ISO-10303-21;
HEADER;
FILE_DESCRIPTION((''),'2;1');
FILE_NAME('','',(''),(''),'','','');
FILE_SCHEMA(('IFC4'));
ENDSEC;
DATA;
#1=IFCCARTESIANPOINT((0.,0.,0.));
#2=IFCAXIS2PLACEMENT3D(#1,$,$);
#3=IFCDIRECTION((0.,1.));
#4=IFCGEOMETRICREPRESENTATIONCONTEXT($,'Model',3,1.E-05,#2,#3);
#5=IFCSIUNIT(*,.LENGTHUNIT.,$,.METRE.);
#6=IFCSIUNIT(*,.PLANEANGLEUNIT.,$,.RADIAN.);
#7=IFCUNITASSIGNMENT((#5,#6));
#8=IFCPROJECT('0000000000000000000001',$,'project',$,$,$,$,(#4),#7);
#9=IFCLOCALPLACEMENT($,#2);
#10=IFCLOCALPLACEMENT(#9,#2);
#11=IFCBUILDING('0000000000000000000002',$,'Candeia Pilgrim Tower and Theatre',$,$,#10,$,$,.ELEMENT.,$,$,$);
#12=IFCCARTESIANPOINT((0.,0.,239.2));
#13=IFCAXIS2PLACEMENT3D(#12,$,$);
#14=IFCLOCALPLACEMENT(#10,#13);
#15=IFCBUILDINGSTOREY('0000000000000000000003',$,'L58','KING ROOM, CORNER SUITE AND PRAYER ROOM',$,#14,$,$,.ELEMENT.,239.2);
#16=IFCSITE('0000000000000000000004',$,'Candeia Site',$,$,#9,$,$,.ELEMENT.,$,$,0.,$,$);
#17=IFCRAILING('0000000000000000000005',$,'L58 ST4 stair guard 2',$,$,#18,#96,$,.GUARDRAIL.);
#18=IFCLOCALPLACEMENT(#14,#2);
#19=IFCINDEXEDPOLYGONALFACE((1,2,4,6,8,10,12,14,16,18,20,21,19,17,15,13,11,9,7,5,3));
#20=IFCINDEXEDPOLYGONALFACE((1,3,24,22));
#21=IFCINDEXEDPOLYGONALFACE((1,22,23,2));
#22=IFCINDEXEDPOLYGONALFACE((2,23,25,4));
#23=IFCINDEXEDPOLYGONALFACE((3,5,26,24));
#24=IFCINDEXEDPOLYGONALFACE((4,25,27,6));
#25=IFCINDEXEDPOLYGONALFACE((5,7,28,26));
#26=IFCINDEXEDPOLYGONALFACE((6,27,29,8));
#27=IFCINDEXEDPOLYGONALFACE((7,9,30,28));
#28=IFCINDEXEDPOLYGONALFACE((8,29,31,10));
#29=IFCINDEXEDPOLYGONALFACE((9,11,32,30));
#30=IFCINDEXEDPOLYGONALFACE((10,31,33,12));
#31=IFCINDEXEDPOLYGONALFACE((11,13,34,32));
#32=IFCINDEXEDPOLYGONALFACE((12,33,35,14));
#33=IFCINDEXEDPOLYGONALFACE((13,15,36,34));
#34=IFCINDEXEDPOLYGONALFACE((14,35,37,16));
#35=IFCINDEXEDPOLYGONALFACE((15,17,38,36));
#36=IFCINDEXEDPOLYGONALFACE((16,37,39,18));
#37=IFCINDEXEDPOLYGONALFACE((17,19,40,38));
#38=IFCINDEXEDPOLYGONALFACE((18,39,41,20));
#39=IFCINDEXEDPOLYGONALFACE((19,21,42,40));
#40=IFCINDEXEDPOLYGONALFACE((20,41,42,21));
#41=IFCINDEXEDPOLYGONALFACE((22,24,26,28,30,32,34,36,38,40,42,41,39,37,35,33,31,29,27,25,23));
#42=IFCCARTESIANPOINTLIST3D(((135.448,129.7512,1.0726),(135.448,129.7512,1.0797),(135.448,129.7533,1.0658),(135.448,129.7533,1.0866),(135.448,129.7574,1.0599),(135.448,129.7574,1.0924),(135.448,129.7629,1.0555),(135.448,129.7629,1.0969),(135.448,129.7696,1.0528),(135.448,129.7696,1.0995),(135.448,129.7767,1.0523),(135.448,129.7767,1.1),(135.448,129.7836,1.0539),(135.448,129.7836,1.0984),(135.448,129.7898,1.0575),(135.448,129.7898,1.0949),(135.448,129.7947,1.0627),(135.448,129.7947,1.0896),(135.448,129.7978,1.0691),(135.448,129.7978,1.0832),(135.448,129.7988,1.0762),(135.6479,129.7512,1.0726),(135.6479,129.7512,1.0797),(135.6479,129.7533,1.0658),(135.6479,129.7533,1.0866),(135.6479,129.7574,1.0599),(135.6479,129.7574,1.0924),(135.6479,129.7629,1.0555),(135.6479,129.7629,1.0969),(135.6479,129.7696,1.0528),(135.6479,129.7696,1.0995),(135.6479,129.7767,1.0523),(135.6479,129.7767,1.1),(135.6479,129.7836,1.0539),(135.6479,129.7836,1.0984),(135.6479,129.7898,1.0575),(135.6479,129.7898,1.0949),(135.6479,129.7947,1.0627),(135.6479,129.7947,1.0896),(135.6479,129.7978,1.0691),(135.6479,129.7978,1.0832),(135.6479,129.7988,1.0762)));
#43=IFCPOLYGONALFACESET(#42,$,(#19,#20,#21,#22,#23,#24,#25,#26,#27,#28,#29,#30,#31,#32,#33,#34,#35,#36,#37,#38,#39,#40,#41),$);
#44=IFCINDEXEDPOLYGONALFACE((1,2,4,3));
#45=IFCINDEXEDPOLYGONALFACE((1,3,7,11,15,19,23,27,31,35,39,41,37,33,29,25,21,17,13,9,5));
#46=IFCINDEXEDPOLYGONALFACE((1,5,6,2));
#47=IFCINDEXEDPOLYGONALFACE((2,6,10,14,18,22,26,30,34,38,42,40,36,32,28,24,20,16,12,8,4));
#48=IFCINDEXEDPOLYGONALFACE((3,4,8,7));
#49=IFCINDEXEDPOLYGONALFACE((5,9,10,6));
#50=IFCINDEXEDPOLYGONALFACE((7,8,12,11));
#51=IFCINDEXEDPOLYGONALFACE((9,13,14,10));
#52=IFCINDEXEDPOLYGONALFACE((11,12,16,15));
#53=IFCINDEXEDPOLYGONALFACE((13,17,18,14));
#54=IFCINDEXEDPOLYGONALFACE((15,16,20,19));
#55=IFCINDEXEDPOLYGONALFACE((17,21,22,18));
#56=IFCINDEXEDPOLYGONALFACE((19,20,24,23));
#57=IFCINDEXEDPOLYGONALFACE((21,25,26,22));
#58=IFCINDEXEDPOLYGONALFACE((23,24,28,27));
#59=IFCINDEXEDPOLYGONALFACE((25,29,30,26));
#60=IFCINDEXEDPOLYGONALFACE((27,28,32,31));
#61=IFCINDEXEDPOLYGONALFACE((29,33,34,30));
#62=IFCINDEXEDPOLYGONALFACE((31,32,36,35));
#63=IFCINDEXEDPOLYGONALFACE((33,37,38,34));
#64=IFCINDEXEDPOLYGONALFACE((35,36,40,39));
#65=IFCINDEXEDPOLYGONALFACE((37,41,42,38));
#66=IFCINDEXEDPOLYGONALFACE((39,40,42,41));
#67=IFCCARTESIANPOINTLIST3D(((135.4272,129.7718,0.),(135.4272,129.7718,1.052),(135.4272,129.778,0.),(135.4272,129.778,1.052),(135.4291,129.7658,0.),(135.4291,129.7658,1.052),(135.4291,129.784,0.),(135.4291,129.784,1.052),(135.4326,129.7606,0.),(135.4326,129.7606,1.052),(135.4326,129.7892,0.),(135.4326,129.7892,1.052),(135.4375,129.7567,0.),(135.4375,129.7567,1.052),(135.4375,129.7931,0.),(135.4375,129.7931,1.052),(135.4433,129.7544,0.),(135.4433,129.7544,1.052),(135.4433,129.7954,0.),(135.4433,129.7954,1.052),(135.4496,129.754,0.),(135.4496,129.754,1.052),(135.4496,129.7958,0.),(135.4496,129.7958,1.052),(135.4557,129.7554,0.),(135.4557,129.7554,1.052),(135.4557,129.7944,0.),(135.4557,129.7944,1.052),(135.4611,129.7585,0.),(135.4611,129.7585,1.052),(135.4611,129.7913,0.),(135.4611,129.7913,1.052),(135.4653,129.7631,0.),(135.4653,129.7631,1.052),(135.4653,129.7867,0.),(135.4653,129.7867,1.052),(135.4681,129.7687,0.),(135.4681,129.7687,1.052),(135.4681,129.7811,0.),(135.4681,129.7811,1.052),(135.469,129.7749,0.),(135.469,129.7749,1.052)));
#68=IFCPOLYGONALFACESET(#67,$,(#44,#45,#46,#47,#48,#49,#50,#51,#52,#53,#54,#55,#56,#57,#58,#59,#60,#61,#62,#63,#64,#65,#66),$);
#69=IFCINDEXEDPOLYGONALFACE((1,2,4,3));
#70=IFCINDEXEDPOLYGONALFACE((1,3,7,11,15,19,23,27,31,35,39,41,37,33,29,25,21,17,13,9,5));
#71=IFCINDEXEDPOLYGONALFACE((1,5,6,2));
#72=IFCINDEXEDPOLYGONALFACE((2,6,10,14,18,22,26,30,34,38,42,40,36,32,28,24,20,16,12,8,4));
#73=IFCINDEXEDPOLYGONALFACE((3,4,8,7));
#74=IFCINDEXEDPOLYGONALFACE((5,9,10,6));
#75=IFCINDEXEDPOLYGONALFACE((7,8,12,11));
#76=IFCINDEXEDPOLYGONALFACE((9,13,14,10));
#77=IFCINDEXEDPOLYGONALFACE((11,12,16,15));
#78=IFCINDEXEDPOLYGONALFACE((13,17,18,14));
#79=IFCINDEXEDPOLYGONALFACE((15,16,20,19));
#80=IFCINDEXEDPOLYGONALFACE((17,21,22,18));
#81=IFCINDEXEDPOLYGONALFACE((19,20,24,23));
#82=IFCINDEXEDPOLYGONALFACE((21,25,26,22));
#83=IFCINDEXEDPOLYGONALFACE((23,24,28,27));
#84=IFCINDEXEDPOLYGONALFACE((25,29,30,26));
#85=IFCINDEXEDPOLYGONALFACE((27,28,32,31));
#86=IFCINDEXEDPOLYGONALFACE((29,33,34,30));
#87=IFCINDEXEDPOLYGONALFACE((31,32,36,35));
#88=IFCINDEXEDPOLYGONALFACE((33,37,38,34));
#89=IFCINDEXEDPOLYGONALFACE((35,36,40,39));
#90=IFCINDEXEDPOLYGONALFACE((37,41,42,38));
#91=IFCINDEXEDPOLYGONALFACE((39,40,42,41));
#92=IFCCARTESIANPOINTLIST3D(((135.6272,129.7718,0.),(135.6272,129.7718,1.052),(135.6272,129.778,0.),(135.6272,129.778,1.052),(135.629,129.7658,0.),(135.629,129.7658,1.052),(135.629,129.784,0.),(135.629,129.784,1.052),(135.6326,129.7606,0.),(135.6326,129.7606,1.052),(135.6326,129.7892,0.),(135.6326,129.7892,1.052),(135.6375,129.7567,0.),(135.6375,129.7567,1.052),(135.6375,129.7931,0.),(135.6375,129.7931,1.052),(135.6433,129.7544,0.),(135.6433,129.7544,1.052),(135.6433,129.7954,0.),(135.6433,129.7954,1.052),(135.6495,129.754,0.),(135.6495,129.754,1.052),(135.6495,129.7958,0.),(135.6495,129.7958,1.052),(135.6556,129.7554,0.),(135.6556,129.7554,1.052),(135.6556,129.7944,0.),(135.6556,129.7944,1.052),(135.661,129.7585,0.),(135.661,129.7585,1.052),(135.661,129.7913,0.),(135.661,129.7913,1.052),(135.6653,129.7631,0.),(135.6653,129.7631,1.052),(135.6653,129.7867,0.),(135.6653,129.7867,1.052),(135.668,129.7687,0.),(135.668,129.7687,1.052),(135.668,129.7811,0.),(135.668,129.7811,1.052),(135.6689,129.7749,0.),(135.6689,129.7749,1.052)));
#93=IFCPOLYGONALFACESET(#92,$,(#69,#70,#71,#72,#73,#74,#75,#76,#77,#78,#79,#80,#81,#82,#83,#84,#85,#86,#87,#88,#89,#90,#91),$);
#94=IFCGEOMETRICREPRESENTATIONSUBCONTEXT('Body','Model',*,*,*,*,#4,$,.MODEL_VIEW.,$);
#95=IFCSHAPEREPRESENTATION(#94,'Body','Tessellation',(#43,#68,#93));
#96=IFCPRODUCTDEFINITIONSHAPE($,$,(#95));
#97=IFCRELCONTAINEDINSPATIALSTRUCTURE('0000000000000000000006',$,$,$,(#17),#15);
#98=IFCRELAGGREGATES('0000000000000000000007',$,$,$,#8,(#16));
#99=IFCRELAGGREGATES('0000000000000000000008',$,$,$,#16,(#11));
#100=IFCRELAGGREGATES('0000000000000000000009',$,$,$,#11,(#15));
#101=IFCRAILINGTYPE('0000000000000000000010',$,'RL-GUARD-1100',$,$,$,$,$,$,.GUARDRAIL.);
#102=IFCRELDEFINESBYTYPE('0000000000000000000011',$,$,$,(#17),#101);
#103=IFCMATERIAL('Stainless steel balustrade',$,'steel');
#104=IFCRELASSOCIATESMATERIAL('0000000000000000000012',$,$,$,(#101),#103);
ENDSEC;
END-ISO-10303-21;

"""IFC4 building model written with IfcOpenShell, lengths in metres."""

from ifc_helpers import new_model, si_unit, direction, frame, origin, origin_2d, place, context, subcontext, project, spatial, circle, extrude, material, type_object, element, save


model = new_model("IFC4")

# Units and contexts
model_context = context("Model", 3, precision=1e-05, world=origin(), true_north=direction((0.0, 1.0)))
body_context = subcontext(model_context, "Body", "Model", "MODEL_VIEW")
ifc_project = project(units=[si_unit("LENGTHUNIT", "METRE"), si_unit("PLANEANGLEUNIT", "RADIAN")], contexts=[model_context])

# Site, building, storey
site_placement = place(None, origin())
site = spatial("IfcSite", under=ifc_project, at=site_placement, Name="Candeia Site", CompositionType="ELEMENT", RefElevation=0.0)
building_placement = place(site_placement, origin())
building = spatial("IfcBuilding", under=site, at=building_placement, Name="Candeia Pilgrim Tower and Theatre", CompositionType="ELEMENT")
storey_placement = place(building_placement, frame((0.0, 0.0, 239.2)))
storey = spatial("IfcBuildingStorey", under=building, at=storey_placement, Name="L58", Description="KING ROOM, CORNER SUITE AND PRAYER ROOM", CompositionType="ELEMENT", Elevation=239.2)

# Railing
ifc_material_1 = material(Name="Stainless steel balustrade", Category="steel")
railing_type_1 = type_object("IfcRailingType", Name="RL-GUARD-1100", PredefinedType="GUARDRAIL", material=ifc_material_1)
railing_1_placement = place(storey_placement, frame((135.448, 129.7749, 0.0)))
element("IfcRailing", 1, at=railing_1_placement, inside=storey, type_object=railing_type_1, Name="L58 ST4 stair guard 2", PredefinedType="GUARDRAIL", context=body_context, shape_type="SweptSolid", body=[
    extrude(circle(Radius=0.0239, at=origin_2d()), frame((0.0, 0.0, 1.0762), z_axis=(1.0, 0.0, 0.0), x_axis=(0.0, 1.0, 0.0)), (0.0, 0.0, 1.0), 0.2),
    extrude(circle(Radius=0.021, at=origin_2d()), origin(), (0.0, 0.0, 1.0), 1.052),
    extrude(circle(Radius=0.021, at=origin_2d()), frame((0.2, 0.0, 0.0)), (0.0, 0.0, 1.0), 1.052),
])

save(model, "model.ifc")
